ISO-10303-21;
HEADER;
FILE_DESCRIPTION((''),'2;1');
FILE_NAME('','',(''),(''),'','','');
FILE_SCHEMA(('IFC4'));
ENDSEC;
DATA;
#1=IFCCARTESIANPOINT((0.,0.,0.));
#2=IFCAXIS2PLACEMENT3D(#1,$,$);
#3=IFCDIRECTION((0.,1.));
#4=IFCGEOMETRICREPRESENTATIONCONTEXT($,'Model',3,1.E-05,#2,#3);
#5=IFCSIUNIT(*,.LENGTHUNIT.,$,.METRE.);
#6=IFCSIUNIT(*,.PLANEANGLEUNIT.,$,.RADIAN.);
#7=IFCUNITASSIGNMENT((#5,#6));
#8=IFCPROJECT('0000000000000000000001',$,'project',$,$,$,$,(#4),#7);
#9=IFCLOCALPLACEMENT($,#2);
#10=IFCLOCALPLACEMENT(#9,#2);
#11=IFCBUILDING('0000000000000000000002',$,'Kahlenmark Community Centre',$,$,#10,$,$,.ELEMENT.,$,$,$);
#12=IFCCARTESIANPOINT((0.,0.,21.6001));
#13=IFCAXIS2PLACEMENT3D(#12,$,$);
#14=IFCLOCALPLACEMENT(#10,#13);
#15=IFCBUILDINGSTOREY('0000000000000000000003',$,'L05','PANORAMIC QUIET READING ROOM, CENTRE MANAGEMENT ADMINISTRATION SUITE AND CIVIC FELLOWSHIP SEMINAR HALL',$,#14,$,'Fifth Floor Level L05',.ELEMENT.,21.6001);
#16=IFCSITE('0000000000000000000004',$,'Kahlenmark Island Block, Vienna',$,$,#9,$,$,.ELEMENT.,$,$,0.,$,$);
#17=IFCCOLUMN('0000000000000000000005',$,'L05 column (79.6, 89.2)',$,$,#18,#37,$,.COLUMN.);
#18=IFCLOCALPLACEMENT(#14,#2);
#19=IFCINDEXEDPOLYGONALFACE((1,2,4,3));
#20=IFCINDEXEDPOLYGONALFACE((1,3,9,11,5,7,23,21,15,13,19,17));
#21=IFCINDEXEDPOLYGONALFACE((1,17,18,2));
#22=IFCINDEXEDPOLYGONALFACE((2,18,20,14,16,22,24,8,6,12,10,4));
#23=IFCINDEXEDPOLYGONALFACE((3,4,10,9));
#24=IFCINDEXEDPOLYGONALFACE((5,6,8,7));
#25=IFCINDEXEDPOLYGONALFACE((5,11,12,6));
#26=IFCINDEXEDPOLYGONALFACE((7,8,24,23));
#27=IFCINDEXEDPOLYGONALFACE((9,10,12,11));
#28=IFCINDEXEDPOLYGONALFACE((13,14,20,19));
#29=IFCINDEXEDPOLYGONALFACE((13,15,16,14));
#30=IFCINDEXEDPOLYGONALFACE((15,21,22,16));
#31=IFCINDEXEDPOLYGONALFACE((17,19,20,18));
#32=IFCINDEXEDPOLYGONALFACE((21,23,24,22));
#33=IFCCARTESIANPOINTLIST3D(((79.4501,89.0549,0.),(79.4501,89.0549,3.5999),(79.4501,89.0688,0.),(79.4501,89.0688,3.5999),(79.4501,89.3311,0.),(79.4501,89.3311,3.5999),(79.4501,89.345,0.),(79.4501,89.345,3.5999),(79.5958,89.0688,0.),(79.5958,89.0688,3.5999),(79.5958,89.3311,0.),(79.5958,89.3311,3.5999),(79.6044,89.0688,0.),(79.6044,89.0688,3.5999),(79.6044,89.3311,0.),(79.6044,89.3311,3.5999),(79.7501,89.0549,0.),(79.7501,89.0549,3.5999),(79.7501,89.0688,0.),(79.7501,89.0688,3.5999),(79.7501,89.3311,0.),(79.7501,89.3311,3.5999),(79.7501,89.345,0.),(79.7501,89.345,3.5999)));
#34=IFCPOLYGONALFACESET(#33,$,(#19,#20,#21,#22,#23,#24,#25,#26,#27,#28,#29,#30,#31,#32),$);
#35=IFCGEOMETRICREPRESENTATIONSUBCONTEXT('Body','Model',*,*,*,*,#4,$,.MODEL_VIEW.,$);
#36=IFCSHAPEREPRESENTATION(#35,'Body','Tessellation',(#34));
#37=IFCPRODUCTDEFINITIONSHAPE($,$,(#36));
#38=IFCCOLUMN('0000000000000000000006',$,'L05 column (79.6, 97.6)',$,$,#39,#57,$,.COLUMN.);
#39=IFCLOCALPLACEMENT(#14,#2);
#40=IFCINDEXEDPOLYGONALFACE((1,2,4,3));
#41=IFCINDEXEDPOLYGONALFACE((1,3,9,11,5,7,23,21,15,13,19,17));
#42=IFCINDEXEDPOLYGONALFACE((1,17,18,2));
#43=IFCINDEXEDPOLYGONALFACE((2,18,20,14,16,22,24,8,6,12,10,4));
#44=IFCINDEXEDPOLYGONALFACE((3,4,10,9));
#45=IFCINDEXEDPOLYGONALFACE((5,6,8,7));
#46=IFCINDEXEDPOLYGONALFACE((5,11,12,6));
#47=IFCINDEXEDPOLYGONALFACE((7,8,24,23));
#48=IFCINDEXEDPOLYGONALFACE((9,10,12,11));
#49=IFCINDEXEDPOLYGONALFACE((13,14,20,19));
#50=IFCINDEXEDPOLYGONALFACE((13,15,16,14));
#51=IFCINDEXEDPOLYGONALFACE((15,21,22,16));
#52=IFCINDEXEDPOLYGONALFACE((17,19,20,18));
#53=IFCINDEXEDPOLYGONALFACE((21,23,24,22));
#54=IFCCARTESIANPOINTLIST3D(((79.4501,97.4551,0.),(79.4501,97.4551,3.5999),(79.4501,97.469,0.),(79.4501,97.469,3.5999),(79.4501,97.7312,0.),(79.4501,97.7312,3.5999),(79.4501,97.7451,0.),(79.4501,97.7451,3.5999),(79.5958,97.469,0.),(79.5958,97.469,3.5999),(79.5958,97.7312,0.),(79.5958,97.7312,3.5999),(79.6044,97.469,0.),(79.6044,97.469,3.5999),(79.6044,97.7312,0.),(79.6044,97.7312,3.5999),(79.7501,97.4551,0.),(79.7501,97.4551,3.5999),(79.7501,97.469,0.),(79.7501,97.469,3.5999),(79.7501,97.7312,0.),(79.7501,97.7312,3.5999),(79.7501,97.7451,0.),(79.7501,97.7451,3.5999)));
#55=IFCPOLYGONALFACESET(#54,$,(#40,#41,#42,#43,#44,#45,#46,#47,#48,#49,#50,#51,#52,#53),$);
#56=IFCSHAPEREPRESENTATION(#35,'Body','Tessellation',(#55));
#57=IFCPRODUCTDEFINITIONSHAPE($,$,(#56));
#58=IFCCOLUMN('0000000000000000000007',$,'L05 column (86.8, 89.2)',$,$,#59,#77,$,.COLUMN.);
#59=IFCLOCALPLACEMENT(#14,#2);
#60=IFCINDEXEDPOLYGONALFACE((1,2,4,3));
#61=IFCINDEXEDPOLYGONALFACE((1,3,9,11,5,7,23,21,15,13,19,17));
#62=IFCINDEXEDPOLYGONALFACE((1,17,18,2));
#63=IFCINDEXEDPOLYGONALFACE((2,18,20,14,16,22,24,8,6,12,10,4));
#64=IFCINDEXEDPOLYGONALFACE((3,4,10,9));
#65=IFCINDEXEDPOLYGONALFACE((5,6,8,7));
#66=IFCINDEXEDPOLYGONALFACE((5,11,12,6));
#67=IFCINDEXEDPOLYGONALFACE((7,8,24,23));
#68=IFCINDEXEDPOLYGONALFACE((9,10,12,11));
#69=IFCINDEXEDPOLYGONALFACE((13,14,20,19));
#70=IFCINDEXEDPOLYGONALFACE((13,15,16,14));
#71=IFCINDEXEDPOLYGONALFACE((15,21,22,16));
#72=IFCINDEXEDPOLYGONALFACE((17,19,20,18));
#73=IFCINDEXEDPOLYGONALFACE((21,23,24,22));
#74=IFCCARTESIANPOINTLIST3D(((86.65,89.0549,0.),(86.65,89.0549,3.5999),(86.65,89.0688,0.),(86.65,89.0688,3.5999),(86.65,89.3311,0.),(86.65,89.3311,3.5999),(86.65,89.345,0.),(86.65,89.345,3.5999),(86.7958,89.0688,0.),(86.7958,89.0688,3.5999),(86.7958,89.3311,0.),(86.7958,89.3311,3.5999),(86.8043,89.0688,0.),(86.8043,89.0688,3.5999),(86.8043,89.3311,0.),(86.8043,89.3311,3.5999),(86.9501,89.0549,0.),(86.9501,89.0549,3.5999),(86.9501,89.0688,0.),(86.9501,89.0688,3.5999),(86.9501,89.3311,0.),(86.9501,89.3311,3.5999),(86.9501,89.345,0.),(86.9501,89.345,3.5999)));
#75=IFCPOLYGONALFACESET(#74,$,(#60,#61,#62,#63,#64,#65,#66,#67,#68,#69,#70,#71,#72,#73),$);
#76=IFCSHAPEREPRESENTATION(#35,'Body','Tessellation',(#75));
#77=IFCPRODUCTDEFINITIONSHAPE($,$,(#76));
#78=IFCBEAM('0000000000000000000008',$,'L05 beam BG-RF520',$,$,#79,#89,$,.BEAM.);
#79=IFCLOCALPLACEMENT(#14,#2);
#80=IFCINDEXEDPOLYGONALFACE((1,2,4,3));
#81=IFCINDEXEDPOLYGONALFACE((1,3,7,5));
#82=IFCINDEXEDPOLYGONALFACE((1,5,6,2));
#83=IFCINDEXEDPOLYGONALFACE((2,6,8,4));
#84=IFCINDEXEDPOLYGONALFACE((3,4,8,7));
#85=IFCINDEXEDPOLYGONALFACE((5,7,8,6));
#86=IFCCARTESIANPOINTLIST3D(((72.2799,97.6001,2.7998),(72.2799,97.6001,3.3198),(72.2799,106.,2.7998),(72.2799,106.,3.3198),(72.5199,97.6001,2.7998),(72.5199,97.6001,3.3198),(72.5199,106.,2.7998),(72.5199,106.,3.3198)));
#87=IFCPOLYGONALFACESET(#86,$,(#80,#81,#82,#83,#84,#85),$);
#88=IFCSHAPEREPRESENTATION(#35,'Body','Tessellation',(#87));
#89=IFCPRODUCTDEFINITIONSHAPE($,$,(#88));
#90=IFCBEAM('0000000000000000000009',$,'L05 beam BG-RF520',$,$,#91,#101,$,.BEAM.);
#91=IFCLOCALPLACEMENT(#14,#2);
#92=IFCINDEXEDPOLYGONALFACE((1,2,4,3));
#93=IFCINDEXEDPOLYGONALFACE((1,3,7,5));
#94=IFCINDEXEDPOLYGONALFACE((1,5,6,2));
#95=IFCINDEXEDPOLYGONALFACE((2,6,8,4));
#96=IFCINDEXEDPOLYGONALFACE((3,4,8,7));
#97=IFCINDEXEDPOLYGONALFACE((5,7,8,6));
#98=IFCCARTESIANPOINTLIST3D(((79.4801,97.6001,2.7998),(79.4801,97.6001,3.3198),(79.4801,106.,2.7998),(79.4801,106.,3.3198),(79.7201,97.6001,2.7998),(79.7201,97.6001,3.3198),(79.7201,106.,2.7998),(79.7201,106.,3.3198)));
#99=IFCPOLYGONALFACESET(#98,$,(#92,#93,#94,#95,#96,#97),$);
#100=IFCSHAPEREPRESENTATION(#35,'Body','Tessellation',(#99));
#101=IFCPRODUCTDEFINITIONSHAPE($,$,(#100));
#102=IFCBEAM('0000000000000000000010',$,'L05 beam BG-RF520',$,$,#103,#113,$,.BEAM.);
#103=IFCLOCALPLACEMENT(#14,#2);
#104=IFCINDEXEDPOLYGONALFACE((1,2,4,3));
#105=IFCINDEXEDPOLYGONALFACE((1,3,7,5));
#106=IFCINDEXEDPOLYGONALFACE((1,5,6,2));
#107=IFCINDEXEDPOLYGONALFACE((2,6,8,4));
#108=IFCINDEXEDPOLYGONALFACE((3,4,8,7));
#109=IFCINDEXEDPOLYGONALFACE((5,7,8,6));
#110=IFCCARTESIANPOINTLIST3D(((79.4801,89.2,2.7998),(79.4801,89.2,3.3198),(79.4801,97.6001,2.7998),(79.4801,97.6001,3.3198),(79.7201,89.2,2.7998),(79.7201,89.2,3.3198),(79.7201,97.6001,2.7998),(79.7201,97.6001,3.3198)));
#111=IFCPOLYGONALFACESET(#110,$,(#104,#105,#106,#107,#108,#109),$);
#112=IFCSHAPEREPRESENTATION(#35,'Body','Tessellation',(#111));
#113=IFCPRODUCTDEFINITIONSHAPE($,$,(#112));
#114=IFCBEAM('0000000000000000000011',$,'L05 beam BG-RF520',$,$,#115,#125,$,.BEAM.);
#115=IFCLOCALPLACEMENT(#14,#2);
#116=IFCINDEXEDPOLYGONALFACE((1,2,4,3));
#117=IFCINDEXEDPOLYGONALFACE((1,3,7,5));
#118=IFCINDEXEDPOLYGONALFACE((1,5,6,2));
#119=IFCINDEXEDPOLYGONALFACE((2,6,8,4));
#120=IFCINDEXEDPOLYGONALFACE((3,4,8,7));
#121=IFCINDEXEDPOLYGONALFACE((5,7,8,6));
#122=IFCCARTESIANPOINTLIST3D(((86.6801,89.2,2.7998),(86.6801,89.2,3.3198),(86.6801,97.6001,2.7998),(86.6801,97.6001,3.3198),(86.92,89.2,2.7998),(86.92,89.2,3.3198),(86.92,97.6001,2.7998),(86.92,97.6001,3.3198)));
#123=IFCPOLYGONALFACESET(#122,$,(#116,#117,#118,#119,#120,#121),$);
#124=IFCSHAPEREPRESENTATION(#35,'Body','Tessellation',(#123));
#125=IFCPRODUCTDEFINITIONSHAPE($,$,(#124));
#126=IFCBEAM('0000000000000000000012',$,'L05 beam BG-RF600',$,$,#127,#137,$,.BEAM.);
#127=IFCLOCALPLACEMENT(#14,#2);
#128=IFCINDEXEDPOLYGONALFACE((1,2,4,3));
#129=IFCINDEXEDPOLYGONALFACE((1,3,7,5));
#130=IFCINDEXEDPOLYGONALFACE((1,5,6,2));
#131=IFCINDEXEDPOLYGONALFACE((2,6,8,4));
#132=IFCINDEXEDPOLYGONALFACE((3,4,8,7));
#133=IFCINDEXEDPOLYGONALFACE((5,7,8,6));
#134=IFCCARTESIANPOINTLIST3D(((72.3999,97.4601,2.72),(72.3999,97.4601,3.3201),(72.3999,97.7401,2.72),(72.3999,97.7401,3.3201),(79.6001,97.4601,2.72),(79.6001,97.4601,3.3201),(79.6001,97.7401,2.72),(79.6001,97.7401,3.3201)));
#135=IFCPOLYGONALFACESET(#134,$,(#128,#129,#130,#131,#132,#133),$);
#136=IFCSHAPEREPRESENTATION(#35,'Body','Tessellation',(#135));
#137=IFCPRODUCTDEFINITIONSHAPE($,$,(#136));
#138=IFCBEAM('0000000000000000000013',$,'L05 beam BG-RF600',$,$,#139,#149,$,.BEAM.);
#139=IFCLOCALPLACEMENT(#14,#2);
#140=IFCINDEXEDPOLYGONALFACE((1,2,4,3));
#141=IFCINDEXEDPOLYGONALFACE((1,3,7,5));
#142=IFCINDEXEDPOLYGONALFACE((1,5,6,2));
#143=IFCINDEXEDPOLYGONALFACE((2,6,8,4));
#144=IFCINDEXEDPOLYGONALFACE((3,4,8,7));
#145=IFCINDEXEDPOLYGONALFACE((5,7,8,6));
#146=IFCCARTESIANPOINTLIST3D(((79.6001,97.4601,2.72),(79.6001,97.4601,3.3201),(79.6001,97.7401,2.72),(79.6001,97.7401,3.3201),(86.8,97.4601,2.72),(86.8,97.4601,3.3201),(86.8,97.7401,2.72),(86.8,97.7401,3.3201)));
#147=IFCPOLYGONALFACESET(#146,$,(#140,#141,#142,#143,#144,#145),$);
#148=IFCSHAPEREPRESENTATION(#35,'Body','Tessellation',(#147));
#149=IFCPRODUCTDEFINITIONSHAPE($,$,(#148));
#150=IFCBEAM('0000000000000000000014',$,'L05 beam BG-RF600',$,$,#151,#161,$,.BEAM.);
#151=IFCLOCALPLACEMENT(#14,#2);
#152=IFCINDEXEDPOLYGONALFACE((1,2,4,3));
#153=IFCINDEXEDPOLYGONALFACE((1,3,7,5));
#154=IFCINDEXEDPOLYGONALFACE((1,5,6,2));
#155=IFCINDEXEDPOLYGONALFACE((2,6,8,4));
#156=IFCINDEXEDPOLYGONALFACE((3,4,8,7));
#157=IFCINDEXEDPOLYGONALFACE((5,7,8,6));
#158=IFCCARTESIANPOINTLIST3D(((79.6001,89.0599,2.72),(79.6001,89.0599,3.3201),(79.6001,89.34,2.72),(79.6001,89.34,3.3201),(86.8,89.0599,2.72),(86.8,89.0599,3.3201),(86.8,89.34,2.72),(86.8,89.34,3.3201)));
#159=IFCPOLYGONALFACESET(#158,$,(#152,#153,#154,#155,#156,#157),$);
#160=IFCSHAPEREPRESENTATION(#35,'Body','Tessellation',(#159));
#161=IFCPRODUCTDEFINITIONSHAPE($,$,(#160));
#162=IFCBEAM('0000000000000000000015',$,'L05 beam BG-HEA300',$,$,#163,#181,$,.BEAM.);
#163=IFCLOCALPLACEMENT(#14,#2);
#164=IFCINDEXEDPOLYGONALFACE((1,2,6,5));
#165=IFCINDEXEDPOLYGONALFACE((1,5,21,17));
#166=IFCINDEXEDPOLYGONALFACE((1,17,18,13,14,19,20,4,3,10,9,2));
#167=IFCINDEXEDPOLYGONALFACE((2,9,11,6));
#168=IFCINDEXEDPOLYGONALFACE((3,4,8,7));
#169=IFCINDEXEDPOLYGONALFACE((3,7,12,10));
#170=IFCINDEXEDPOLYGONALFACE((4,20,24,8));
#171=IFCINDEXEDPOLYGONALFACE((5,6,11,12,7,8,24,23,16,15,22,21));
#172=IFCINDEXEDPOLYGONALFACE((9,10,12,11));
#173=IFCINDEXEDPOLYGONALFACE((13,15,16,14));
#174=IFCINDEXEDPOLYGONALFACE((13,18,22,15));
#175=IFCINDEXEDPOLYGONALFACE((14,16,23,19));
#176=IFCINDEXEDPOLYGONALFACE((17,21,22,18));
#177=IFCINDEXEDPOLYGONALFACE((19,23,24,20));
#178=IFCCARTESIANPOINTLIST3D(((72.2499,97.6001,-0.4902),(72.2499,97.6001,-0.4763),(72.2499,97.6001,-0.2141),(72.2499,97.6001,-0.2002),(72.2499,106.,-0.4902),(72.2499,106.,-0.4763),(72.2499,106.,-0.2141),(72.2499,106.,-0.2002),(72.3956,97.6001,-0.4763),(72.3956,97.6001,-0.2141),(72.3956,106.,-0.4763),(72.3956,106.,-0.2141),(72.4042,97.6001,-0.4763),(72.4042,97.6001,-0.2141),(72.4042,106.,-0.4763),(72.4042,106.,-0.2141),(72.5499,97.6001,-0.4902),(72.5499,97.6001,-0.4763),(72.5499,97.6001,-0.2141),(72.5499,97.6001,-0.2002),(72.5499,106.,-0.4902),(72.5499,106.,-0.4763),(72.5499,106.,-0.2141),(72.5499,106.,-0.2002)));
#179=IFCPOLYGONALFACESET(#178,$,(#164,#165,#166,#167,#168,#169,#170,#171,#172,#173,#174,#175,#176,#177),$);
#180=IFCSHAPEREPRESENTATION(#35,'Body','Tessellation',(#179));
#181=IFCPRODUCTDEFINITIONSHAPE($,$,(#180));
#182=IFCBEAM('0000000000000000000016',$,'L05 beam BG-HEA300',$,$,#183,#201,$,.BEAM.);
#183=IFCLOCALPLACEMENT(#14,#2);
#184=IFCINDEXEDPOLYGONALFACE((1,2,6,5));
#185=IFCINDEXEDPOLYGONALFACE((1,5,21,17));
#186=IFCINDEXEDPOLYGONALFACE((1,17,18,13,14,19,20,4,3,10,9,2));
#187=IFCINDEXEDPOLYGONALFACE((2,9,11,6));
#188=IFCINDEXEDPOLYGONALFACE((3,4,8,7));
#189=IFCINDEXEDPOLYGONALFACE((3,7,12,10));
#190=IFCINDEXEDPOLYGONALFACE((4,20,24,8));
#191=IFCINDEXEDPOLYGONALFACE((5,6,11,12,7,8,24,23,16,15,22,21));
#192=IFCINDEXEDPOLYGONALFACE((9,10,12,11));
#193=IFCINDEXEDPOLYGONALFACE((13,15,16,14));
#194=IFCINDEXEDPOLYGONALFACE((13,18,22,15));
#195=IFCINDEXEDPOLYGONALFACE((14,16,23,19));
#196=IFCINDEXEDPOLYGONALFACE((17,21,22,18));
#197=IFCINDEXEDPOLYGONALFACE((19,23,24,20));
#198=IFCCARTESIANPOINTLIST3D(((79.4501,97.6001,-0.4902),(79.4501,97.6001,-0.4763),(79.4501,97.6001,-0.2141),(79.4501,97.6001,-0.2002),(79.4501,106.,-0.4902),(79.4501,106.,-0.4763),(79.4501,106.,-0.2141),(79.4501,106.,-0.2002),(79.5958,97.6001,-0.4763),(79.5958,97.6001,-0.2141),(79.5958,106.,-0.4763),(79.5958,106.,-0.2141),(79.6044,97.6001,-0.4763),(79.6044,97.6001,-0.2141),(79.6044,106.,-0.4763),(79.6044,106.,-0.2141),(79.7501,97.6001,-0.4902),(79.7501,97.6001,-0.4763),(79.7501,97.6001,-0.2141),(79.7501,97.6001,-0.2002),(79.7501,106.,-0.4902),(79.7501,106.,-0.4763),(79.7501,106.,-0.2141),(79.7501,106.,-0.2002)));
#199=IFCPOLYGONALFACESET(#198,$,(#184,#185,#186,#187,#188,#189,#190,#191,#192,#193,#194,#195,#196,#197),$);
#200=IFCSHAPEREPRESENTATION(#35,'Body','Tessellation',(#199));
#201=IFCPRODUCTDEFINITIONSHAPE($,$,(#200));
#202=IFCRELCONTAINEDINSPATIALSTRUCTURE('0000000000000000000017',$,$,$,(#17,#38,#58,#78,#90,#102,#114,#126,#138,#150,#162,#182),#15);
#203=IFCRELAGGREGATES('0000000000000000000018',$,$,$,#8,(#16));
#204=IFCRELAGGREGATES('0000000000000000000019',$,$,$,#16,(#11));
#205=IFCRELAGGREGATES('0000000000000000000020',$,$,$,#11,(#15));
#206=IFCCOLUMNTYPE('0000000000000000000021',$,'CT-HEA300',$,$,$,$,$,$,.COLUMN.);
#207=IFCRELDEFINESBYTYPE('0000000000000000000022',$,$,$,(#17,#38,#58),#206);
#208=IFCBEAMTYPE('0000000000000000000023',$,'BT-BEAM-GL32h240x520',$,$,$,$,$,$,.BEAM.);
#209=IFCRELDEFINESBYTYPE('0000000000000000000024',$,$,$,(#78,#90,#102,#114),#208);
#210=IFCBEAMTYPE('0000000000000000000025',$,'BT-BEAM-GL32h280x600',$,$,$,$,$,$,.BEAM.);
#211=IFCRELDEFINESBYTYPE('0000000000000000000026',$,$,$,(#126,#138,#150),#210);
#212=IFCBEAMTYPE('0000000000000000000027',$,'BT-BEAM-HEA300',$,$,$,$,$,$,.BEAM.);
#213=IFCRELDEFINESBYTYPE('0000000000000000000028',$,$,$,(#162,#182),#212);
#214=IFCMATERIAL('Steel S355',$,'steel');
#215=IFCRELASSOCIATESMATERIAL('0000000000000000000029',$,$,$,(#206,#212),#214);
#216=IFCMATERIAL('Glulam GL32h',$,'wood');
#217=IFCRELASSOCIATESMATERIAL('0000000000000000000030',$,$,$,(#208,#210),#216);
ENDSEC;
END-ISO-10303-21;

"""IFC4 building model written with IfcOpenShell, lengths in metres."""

from ifc_helpers import new_model, si_unit, direction, frame, origin, origin_2d, place, context, subcontext, project, spatial, rectangle, i_section, extrude, material, material_profile, profile_set, type_object, element, save


model = new_model("IFC4")

# Units and contexts
model_context = context("Model", 3, precision=1e-05, world=origin(), true_north=direction((0.0, 1.0)))
body_context = subcontext(model_context, "Body", "Model", "MODEL_VIEW")
ifc_project = project(units=[si_unit("LENGTHUNIT", "METRE"), si_unit("PLANEANGLEUNIT", "RADIAN")], contexts=[model_context])

# Site, building, storey
site_placement = place(None, origin())
site = spatial("IfcSite", under=ifc_project, at=site_placement, Name="Kahlenmark Island Block, Vienna", CompositionType="ELEMENT", RefElevation=0.0)
building_placement = place(site_placement, origin())
building = spatial("IfcBuilding", under=site, at=building_placement, Name="Kahlenmark Community Centre", CompositionType="ELEMENT")
storey_placement = place(building_placement, frame((0.0, 0.0, 21.6001)))
storey = spatial("IfcBuildingStorey", under=building, at=storey_placement, Name="L05", Description="PANORAMIC QUIET READING ROOM, CENTRE MANAGEMENT ADMINISTRATION SUITE AND CIVIC FELLOWSHIP SEMINAR HALL", LongName="Fifth Floor Level L05", CompositionType="ELEMENT", Elevation=21.6001)

# Columns
ifc_material_1 = material(Name="Steel S355", Category="steel")
ifc_material_profile_1 = material_profile(ifc_material_1, i_section(OverallWidth=0.3, OverallDepth=0.29, WebThickness=0.0085, FlangeThickness=0.0139, at=origin_2d()), Name="HEA 300")
ifc_profile_set_1 = profile_set([ifc_material_profile_1], Name="Steel S355")
column_type = type_object("IfcColumnType", Name="CT-HEA300", PredefinedType="COLUMN", material=ifc_profile_set_1)
for number, where, z_axis, x_axis, name in (
    (1, (79.6001, 89.2, 0.0), (0.0, 0.0, 1.0), (1.0, 0.0, 0.0), "L05 column (79.6, 89.2)"),
    (2, (79.6001, 97.6001, 0.0), (0.0, 0.0, 1.0), (1.0, 0.0, 0.0), "L05 column (79.6, 97.6)"),
    (3, (86.8, 89.2, 0.0), (0.0, 0.0, 1.0), (1.0, 0.0, 0.0), "L05 column (86.8, 89.2)"),
):
    element("IfcColumn", number, at=place(storey_placement, frame(where, z_axis=z_axis, x_axis=x_axis)), inside=storey, type_object=column_type, Name=name, PredefinedType="COLUMN", context=body_context, shape_type="SweptSolid", body=[
        extrude(i_section(OverallWidth=0.3, OverallDepth=0.29, WebThickness=0.0085, FlangeThickness=0.0139, at=origin_2d()), origin(), (0.0, 0.0, 1.0), 3.5999),
    ])

# Beams
ifc_material_2 = material(Name="Glulam GL32h", Category="wood")
ifc_material_profile_2 = material_profile(ifc_material_2, rectangle(XDim=0.24, YDim=0.52, at=origin_2d()), Name="GL32h 240x520")
ifc_profile_set_2 = profile_set([ifc_material_profile_2], Name="Glulam GL32h")
beam_type_1 = type_object("IfcBeamType", Name="BT-BEAM-GL32h240x520", PredefinedType="BEAM", material=ifc_profile_set_2)
for number, where, z_axis, x_axis, name in (
    (4, (72.3999, 97.6001, 3.0598), (0.0, 1.0, 0.0), (-1.0, 0.0, 0.0), "L05 beam BG-RF520"),
    (5, (79.6001, 97.6001, 3.0598), (0.0, 1.0, 0.0), (-1.0, 0.0, 0.0), "L05 beam BG-RF520"),
):
    element("IfcBeam", number, at=place(storey_placement, frame(where, z_axis=z_axis, x_axis=x_axis)), inside=storey, type_object=beam_type_1, Name=name, PredefinedType="BEAM", context=body_context, shape_type="SweptSolid", body=[
        extrude(rectangle(XDim=0.24, YDim=0.52, at=origin_2d()), origin(), (0.0, 0.0, 1.0), 8.3999),
    ])
for number, where, z_axis, x_axis, name in (
    (6, (79.6001, 89.2, 3.0598), (0.0, 1.0, 0.0), (-1.0, 0.0, 0.0), "L05 beam BG-RF520"),
    (7, (86.8, 89.2, 3.0598), (0.0, 1.0, 0.0), (-1.0, 0.0, 0.0), "L05 beam BG-RF520"),
):
    element("IfcBeam", number, at=place(storey_placement, frame(where, z_axis=z_axis, x_axis=x_axis)), inside=storey, type_object=beam_type_1, Name=name, PredefinedType="BEAM", context=body_context, shape_type="SweptSolid", body=[
        extrude(rectangle(XDim=0.24, YDim=0.52, at=origin_2d()), origin(), (0.0, 0.0, 1.0), 8.4001),
    ])
ifc_material_profile_3 = material_profile(ifc_material_2, rectangle(XDim=0.28, YDim=0.6001, at=origin_2d()), Name="GL32h 280x600")
ifc_profile_set_3 = profile_set([ifc_material_profile_3], Name="Glulam GL32h")
beam_type_2 = type_object("IfcBeamType", Name="BT-BEAM-GL32h280x600", PredefinedType="BEAM", material=ifc_profile_set_3)
beam_1_placement = place(storey_placement, frame((72.3999, 97.6001, 3.02), z_axis=(1.0, 0.0, 0.0), x_axis=(0.0, 1.0, 0.0)))
element("IfcBeam", 8, at=beam_1_placement, inside=storey, type_object=beam_type_2, Name="L05 beam BG-RF600", PredefinedType="BEAM", context=body_context, shape_type="SweptSolid", body=[
    extrude(rectangle(XDim=0.28, YDim=0.6001, at=origin_2d()), origin(), (0.0, 0.0, 1.0), 7.2002),
])
for number, where, z_axis, x_axis, name in (
    (9, (79.6001, 97.6001, 3.02), (1.0, 0.0, 0.0), (0.0, 1.0, 0.0), "L05 beam BG-RF600"),
    (10, (79.6001, 89.2, 3.02), (1.0, 0.0, 0.0), (0.0, 1.0, 0.0), "L05 beam BG-RF600"),
):
    element("IfcBeam", number, at=place(storey_placement, frame(where, z_axis=z_axis, x_axis=x_axis)), inside=storey, type_object=beam_type_2, Name=name, PredefinedType="BEAM", context=body_context, shape_type="SweptSolid", body=[
        extrude(rectangle(XDim=0.28, YDim=0.6001, at=origin_2d()), origin(), (0.0, 0.0, 1.0), 7.2),
    ])
ifc_material_profile_4 = material_profile(ifc_material_1, i_section(OverallWidth=0.3, OverallDepth=0.29, WebThickness=0.0085, FlangeThickness=0.0139, at=origin_2d()), Name="HEA 300")
ifc_profile_set_4 = profile_set([ifc_material_profile_4], Name="Steel S355")
beam_type_3 = type_object("IfcBeamType", Name="BT-BEAM-HEA300", PredefinedType="BEAM", material=ifc_profile_set_4)
for number, where, z_axis, x_axis, name in (
    (11, (72.3999, 97.6001, -0.3452), (0.0, 1.0, 0.0), (-1.0, 0.0, 0.0), "L05 beam BG-HEA300"),
    (12, (79.6001, 97.6001, -0.3452), (0.0, 1.0, 0.0), (-1.0, 0.0, 0.0), "L05 beam BG-HEA300"),
):
    element("IfcBeam", number, at=place(storey_placement, frame(where, z_axis=z_axis, x_axis=x_axis)), inside=storey, type_object=beam_type_3, Name=name, PredefinedType="BEAM", context=body_context, shape_type="SweptSolid", body=[
        extrude(i_section(OverallWidth=0.3, OverallDepth=0.29, WebThickness=0.0085, FlangeThickness=0.0139, at=origin_2d()), origin(), (0.0, 0.0, 1.0), 8.3999),
    ])

save(model, "model.ifc")
